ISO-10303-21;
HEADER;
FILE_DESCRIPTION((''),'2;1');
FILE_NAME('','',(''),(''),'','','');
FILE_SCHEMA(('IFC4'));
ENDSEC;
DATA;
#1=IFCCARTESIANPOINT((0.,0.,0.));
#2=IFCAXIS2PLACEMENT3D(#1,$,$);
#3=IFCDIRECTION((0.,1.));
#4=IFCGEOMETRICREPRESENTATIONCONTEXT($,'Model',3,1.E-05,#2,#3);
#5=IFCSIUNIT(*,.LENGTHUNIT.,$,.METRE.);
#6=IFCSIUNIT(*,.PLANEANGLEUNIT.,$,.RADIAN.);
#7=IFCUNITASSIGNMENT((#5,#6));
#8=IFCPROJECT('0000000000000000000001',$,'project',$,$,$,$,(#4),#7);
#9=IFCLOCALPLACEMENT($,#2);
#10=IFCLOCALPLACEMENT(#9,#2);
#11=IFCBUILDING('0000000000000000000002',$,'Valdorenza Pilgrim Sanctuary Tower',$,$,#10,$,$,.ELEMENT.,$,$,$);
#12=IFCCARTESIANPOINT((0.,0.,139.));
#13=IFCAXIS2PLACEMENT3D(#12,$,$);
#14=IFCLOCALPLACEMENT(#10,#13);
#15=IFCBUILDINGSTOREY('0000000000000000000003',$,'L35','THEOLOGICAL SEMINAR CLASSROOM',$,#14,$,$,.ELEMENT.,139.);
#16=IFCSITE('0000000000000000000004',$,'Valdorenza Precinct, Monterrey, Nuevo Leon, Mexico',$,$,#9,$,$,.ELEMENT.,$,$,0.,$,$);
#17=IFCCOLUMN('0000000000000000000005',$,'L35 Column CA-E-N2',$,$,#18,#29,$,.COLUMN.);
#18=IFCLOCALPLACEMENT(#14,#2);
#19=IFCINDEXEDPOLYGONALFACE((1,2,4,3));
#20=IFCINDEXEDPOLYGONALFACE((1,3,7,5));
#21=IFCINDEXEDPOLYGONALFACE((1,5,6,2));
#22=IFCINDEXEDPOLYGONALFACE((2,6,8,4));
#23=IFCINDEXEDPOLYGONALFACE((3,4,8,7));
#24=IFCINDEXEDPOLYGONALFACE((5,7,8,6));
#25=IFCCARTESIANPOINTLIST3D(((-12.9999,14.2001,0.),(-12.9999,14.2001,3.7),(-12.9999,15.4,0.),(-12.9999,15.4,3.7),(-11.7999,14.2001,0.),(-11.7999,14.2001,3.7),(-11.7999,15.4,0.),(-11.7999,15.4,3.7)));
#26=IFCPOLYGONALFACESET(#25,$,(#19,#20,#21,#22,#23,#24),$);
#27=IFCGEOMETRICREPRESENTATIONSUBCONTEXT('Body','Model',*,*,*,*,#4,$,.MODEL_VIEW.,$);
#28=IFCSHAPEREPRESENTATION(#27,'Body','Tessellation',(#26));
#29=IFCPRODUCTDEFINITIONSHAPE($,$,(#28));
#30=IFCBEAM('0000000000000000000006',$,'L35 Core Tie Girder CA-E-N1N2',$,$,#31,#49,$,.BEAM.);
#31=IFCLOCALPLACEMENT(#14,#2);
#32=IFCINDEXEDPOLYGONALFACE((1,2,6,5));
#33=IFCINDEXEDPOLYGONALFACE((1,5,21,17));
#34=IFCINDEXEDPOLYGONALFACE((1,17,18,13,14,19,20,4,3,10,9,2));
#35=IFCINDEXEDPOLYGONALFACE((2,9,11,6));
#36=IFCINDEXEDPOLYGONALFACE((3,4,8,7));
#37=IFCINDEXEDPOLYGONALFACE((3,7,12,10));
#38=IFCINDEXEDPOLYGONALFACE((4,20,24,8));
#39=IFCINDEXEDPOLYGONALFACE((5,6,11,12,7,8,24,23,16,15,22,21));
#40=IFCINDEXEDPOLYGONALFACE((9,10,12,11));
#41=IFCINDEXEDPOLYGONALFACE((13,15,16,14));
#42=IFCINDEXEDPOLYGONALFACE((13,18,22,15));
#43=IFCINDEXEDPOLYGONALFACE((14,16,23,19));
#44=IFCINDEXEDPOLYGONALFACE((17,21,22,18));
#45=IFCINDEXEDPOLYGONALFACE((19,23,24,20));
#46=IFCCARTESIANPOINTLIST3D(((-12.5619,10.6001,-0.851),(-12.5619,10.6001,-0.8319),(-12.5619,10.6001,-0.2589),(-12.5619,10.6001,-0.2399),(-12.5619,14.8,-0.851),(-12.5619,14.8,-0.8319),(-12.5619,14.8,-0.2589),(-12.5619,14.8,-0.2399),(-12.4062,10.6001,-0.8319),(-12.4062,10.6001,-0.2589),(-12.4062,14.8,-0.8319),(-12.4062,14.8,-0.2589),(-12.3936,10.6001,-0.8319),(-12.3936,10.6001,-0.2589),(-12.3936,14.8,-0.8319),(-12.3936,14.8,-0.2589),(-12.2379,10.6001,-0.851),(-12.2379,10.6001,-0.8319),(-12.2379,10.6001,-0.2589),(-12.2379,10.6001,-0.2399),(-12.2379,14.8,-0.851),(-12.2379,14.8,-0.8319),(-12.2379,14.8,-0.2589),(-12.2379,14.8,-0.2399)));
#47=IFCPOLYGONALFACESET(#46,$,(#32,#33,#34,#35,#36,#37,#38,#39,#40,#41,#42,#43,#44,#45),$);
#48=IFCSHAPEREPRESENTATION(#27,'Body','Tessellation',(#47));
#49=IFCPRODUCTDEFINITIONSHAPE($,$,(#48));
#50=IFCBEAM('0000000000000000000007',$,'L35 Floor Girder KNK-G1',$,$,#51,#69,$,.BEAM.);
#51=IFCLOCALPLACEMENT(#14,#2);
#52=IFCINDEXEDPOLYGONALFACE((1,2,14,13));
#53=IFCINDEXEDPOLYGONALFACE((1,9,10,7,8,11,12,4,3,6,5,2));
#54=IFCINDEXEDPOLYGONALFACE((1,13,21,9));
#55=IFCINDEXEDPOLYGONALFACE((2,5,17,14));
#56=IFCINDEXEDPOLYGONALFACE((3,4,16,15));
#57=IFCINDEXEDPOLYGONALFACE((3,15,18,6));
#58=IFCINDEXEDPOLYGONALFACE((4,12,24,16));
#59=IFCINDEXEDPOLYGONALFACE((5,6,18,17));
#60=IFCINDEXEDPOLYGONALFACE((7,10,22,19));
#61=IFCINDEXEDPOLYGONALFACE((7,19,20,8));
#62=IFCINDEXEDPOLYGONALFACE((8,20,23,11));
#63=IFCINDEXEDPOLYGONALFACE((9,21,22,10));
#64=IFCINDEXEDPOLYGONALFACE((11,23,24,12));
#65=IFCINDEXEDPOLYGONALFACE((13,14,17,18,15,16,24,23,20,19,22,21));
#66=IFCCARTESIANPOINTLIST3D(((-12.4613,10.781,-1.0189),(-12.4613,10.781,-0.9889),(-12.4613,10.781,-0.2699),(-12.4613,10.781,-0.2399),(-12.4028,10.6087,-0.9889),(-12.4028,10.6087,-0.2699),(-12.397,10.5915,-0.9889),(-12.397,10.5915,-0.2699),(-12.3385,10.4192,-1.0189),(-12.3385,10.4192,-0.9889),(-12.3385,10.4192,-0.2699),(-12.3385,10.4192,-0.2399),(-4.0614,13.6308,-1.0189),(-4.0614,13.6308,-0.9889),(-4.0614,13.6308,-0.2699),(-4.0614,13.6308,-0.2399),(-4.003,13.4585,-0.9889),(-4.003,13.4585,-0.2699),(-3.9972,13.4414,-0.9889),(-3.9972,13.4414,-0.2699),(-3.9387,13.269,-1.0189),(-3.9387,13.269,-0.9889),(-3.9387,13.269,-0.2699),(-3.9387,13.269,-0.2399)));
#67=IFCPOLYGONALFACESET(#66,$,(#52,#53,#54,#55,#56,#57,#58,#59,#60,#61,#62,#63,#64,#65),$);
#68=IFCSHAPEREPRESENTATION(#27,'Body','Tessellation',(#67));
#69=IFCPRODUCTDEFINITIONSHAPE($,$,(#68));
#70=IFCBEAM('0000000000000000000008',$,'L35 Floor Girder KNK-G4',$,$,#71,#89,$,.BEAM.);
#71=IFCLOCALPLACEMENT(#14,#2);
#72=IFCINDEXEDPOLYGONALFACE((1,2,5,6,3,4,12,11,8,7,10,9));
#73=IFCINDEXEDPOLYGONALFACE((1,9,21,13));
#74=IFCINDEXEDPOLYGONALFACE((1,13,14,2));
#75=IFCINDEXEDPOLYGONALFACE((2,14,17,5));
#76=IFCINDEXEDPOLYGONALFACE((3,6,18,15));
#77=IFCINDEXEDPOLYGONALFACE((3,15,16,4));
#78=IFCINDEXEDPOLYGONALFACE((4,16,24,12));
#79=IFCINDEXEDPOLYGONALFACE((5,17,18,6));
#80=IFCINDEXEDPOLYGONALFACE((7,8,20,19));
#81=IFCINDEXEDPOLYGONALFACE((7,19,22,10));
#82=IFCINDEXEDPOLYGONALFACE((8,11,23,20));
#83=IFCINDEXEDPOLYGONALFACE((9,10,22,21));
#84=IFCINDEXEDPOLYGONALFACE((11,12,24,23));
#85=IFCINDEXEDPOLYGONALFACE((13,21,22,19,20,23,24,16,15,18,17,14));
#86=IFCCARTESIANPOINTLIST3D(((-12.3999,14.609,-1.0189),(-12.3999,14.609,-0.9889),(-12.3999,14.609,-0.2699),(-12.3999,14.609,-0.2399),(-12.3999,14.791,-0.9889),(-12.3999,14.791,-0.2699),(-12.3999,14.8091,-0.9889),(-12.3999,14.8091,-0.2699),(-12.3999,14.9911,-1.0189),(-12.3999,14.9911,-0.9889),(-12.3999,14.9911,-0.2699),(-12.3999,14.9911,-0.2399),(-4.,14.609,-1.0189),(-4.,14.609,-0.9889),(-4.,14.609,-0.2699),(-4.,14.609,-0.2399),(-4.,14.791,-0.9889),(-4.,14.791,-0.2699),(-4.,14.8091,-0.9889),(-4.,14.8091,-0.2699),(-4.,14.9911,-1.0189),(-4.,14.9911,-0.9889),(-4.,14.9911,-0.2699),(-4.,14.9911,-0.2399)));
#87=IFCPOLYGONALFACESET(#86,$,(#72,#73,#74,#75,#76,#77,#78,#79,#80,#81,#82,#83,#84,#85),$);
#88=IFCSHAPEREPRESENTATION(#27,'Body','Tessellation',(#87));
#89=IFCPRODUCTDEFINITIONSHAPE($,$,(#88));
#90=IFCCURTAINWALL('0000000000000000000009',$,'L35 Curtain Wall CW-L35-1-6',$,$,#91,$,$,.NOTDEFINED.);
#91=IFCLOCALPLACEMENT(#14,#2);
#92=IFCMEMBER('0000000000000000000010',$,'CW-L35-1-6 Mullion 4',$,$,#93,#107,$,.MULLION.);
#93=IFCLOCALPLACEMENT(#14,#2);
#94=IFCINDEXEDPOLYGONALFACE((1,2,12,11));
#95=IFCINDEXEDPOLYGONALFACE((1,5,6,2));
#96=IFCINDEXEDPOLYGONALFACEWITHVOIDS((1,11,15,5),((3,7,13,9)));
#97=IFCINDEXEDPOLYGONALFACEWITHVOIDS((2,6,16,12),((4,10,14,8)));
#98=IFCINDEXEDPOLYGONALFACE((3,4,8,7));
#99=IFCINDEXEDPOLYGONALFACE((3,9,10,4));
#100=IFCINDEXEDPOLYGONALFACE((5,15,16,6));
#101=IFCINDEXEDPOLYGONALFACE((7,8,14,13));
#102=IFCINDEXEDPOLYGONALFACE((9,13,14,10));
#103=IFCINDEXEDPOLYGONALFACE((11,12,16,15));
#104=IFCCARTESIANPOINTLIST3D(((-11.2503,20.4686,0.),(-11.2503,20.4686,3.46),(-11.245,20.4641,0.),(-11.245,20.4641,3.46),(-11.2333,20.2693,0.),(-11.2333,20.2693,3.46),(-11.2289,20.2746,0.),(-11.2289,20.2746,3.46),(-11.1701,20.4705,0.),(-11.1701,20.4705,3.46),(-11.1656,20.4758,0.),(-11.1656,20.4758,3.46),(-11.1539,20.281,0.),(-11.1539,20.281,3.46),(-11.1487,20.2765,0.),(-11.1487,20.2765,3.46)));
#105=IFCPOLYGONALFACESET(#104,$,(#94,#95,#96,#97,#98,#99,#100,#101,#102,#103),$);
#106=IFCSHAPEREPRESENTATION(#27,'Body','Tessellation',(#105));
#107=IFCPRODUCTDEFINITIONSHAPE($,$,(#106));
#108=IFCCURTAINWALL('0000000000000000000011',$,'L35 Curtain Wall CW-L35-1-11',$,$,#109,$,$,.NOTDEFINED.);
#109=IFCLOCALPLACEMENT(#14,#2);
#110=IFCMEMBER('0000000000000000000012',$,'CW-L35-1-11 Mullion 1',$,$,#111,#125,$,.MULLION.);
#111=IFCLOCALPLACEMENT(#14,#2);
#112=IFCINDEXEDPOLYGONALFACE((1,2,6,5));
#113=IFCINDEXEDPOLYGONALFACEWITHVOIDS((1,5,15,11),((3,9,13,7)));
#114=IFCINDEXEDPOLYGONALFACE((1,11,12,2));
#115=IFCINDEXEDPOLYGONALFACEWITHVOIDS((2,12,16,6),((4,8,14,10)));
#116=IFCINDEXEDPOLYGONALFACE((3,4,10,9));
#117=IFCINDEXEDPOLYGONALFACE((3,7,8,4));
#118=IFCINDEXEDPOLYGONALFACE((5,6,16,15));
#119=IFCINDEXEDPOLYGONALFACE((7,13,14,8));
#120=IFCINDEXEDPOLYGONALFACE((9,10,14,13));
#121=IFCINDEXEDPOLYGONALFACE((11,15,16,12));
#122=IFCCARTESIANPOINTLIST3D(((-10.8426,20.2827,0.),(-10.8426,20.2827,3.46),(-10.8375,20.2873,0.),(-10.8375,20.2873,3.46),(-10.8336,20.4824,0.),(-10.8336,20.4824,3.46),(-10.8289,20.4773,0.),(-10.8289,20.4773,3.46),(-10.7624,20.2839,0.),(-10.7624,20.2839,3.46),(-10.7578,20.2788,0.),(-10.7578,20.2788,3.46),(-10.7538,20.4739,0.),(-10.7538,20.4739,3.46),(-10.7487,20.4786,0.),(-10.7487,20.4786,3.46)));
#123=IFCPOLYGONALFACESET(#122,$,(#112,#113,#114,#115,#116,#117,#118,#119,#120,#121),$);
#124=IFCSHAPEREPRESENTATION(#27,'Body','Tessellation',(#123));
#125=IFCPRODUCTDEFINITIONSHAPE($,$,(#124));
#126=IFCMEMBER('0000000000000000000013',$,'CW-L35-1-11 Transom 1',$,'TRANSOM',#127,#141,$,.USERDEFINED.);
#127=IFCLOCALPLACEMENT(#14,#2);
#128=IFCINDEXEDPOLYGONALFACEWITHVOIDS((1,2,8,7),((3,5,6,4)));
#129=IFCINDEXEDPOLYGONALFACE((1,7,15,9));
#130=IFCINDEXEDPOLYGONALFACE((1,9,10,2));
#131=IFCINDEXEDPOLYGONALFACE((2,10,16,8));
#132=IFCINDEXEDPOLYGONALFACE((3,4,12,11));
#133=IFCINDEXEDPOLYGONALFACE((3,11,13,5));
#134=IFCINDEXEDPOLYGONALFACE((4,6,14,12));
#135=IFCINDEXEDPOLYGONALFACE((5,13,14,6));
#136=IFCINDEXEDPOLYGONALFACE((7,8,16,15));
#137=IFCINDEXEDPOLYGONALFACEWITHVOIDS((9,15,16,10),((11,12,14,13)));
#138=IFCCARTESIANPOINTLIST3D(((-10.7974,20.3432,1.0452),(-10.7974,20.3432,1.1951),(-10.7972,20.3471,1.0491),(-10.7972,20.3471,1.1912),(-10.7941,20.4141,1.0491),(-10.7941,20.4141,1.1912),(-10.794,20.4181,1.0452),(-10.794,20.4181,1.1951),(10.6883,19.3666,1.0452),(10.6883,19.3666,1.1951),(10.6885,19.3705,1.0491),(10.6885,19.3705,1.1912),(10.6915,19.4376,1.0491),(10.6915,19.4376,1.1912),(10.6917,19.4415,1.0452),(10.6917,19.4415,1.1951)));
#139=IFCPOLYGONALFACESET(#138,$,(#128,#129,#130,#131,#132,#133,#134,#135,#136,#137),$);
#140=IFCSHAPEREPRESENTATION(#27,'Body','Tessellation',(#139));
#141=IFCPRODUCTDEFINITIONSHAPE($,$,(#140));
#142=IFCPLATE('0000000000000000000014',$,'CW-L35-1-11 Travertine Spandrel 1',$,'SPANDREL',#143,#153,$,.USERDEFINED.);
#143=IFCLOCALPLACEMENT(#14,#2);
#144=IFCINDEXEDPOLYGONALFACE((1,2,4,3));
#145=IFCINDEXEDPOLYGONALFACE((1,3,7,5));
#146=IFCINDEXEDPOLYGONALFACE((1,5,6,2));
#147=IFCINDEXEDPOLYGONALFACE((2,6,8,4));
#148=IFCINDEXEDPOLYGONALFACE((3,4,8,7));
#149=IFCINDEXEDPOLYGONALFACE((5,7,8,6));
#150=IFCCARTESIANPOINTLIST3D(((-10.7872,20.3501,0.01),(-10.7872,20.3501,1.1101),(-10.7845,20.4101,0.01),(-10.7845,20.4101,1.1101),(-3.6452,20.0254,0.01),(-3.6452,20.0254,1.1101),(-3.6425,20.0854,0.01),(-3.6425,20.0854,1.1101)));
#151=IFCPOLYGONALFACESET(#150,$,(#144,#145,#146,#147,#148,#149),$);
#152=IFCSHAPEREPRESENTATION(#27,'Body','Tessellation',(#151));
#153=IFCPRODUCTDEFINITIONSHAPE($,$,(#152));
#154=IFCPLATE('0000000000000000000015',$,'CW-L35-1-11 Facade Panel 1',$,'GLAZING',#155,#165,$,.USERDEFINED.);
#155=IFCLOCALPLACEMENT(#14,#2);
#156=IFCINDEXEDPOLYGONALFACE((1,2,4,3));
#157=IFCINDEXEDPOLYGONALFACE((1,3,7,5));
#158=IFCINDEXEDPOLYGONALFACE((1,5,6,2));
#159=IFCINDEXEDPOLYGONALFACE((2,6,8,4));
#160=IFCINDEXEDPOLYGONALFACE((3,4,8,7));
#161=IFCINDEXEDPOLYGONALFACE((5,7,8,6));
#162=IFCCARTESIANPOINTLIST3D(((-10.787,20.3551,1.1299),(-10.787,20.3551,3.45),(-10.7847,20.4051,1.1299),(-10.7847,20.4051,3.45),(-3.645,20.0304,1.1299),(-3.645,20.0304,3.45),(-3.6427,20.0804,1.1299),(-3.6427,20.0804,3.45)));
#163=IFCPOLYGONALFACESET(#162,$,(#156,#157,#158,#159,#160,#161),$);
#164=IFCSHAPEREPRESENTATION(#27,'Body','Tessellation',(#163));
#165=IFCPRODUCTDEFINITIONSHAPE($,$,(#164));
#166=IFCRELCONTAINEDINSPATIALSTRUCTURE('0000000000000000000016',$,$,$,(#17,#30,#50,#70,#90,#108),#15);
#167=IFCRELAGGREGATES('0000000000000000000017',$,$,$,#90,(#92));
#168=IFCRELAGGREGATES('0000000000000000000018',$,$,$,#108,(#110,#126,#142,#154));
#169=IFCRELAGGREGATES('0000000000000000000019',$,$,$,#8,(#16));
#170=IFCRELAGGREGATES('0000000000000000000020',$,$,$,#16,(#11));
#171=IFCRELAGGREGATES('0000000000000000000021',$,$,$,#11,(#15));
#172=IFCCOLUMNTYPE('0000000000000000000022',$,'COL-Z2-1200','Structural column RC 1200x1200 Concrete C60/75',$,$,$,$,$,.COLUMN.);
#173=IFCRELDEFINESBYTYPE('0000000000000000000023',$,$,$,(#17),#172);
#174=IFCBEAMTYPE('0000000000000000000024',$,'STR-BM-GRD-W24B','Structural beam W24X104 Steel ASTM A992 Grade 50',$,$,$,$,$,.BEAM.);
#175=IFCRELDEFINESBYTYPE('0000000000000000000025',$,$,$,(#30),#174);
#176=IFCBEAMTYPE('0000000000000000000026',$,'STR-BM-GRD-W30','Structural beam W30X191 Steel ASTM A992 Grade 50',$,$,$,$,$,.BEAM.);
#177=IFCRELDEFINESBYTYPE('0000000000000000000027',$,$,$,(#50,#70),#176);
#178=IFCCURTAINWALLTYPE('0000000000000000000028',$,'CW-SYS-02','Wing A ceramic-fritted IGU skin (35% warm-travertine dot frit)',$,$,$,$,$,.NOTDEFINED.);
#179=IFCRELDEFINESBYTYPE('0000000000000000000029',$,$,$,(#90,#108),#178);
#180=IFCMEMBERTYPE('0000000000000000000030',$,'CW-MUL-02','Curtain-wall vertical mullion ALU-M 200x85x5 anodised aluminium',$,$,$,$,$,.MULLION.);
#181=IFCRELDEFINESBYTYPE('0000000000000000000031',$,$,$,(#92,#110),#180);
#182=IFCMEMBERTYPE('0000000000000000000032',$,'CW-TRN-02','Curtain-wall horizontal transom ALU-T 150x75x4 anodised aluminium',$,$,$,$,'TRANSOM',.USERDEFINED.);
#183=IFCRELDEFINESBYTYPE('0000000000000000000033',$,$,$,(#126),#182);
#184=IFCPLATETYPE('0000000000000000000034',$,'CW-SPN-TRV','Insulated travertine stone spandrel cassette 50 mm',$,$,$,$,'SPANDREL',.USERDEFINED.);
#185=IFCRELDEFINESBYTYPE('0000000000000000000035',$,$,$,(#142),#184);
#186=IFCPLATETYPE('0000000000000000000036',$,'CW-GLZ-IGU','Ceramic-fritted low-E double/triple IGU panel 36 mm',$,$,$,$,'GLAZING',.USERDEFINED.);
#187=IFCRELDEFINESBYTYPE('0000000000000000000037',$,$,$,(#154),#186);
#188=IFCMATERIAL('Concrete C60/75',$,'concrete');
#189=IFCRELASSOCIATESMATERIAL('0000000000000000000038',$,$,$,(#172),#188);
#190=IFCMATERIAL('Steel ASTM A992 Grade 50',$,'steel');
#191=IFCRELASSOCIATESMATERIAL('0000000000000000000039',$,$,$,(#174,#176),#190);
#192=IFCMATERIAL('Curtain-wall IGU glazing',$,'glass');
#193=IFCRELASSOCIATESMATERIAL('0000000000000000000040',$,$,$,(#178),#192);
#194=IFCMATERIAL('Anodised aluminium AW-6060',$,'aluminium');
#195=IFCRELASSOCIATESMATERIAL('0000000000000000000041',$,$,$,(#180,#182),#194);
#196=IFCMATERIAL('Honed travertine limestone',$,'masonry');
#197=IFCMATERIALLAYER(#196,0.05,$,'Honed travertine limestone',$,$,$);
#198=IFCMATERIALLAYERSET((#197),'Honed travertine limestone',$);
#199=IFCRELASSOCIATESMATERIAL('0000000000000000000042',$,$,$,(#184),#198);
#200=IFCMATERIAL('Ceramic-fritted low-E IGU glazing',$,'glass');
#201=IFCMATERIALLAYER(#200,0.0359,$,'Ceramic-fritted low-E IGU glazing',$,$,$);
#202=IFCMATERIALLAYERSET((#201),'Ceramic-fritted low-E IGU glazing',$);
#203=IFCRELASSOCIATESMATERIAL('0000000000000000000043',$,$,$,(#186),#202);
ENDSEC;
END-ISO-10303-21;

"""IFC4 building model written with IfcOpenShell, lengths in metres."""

from ifc_helpers import new_model, si_unit, direction, frame, origin, origin_2d, place, context, subcontext, project, spatial, rectangle, hollow_rectangle, i_section, extrude, source, transform, mapped, material, layer, layer_set, material_profile, profile_set, type_object, element, aggregate, save


model = new_model("IFC4")

# Units and contexts
model_context = context("Model", 3, precision=1e-05, world=origin(), true_north=direction((0.0, 1.0)))
body_context = subcontext(model_context, "Body", "Model", "MODEL_VIEW")
ifc_project = project(units=[si_unit("LENGTHUNIT", "METRE"), si_unit("PLANEANGLEUNIT", "RADIAN")], contexts=[model_context])

# Site, building, storey
site_placement = place(None, origin())
site = spatial("IfcSite", under=ifc_project, at=site_placement, Name="Valdorenza Precinct, Monterrey, Nuevo Leon, Mexico", CompositionType="ELEMENT", RefElevation=0.0)
building_placement = place(site_placement, origin())
building = spatial("IfcBuilding", under=site, at=building_placement, Name="Valdorenza Pilgrim Sanctuary Tower", CompositionType="ELEMENT")
storey_placement = place(building_placement, frame((0.0, 0.0, 139.0)))
storey = spatial("IfcBuildingStorey", under=building, at=storey_placement, Name="L35", Description="THEOLOGICAL SEMINAR CLASSROOM", CompositionType="ELEMENT", Elevation=139.0)

# Column
ifc_material_1 = material(Name="Concrete C60/75", Category="concrete")
ifc_material_profile_1 = material_profile(ifc_material_1, rectangle(XDim=1.2, YDim=1.2, at=origin_2d()), Name="RC 1200x1200")
ifc_profile_set_1 = profile_set([ifc_material_profile_1], Name="Concrete C60/75")
column_type = type_object("IfcColumnType", Name="COL-Z2-1200", Description="Structural column RC 1200x1200 Concrete C60/75", PredefinedType="COLUMN", material=ifc_profile_set_1)
shared_shape_1 = source(origin(), body_context, "Body", "SweptSolid", [
    extrude(rectangle(XDim=1.2, YDim=1.2, at=origin_2d()), origin(), (0.0, 0.0, 1.0), 3.7),
])
column_placement = place(storey_placement, frame((-12.3999, 14.8, 0.0), z_axis=(0.0, 0.0, 1.0), x_axis=(1.0, 0.0, 0.0)))
element("IfcColumn", 1, at=column_placement, inside=storey, type_object=column_type, Name="L35 Column CA-E-N2", PredefinedType="COLUMN", context=body_context, shape_type="MappedRepresentation", body=[
    mapped(shared_shape_1, transform((0.0, 0.0, 0.0), x_axis=(1.0, 0.0, 0.0), y_axis=(0.0, 1.0, 0.0), z_axis=(0.0, 0.0, 1.0), scale=1.0)),
])

# Beams
ifc_material_2 = material(Name="Steel ASTM A992 Grade 50", Category="steel")
ifc_material_profile_2 = material_profile(ifc_material_2, i_section(OverallWidth=0.324, OverallDepth=0.6111, WebThickness=0.0127, FlangeThickness=0.019, at=origin_2d()), Name="W24X104")
ifc_profile_set_2 = profile_set([ifc_material_profile_2], Name="Steel ASTM A992 Grade 50")
beam_type_1 = type_object("IfcBeamType", Name="STR-BM-GRD-W24B", Description="Structural beam W24X104 Steel ASTM A992 Grade 50", PredefinedType="BEAM", material=ifc_profile_set_2)
shared_shape_2 = source(origin(), body_context, "Body", "SweptSolid", [
    extrude(i_section(OverallWidth=0.324, OverallDepth=0.6111, WebThickness=0.0127, FlangeThickness=0.019, at=origin_2d()), origin(), (0.0, 0.0, 1.0), 4.2),
])
beam_1_placement = place(storey_placement, frame((-12.3999, 10.6001, -0.5454), z_axis=(0.0, 1.0, 0.0), x_axis=(-1.0, 0.0, 0.0)))
element("IfcBeam", 2, at=beam_1_placement, inside=storey, type_object=beam_type_1, Name="L35 Core Tie Girder CA-E-N1N2", PredefinedType="BEAM", context=body_context, shape_type="MappedRepresentation", body=[
    mapped(shared_shape_2, transform((0.0, 0.0, 0.0), x_axis=(1.0, 0.0, 0.0), y_axis=(0.0, 1.0, 0.0), z_axis=(0.0, 0.0, 1.0), scale=1.0)),
])
ifc_material_profile_3 = material_profile(ifc_material_2, i_section(OverallWidth=0.3821, OverallDepth=0.7791, WebThickness=0.0181, FlangeThickness=0.03, at=origin_2d()), Name="W30X191")
ifc_profile_set_3 = profile_set([ifc_material_profile_3], Name="Steel ASTM A992 Grade 50")
beam_type_2 = type_object("IfcBeamType", Name="STR-BM-GRD-W30", Description="Structural beam W30X191 Steel ASTM A992 Grade 50", PredefinedType="BEAM", material=ifc_profile_set_3)
shared_shape_3 = source(origin(), body_context, "Body", "SweptSolid", [
    extrude(i_section(OverallWidth=0.3821, OverallDepth=0.7791, WebThickness=0.0181, FlangeThickness=0.03, at=origin_2d()), origin(), (0.0, 0.0, 1.0), 8.8701),
])
beam_2_placement = place(storey_placement, frame((-12.3999, 10.6001, -0.6294), z_axis=(0.946983, 0.321285, 0.0), x_axis=(-0.321285, 0.946983, 0.0)))
element("IfcBeam", 3, at=beam_2_placement, inside=storey, type_object=beam_type_2, Name="L35 Floor Girder KNK-G1", PredefinedType="BEAM", context=body_context, shape_type="MappedRepresentation", body=[
    mapped(shared_shape_3, transform((0.0, 0.0, 0.0), x_axis=(1.0, 0.0, 0.0), y_axis=(0.0, 1.0, 0.0), z_axis=(0.0, 0.0, 1.0), scale=1.0)),
])
shared_shape_4 = source(origin(), body_context, "Body", "SweptSolid", [
    extrude(i_section(OverallWidth=0.3821, OverallDepth=0.7791, WebThickness=0.0181, FlangeThickness=0.03, at=origin_2d()), origin(), (0.0, 0.0, 1.0), 8.3999),
])
beam_3_placement = place(storey_placement, frame((-12.3999, 14.8, -0.6294), z_axis=(1.0, 0.0, 0.0), x_axis=(0.0, 1.0, 0.0)))
element("IfcBeam", 4, at=beam_3_placement, inside=storey, type_object=beam_type_2, Name="L35 Floor Girder KNK-G4", PredefinedType="BEAM", context=body_context, shape_type="MappedRepresentation", body=[
    mapped(shared_shape_4, transform((0.0, 0.0, 0.0), x_axis=(1.0, 0.0, 0.0), y_axis=(0.0, 1.0, 0.0), z_axis=(0.0, 0.0, 1.0), scale=1.0)),
])

# Curtain wall, member
ifc_material_3 = material(Name="Curtain-wall IGU glazing", Category="glass")
curtain_wall_type = type_object("IfcCurtainWallType", Name="CW-SYS-02", Description="Wing A ceramic-fritted IGU skin (35% warm-travertine dot frit)", PredefinedType="NOTDEFINED", material=ifc_material_3)
curtain_wall_1_placement = place(storey_placement, origin())
curtain_wall_1 = element("IfcCurtainWall", 5, at=curtain_wall_1_placement, inside=storey, type_object=curtain_wall_type, Name="L35 Curtain Wall CW-L35-1-6", PredefinedType="NOTDEFINED")
ifc_material_4 = material(Name="Anodised aluminium AW-6060", Category="aluminium")
ifc_material_profile_4 = material_profile(ifc_material_4, hollow_rectangle(XDim=0.085, YDim=0.2, WallThickness=0.0049, at=origin_2d()), Name="ALU-M 200x85x5")
ifc_profile_set_4 = profile_set([ifc_material_profile_4], Name="Anodised aluminium AW-6060")
member_type_1 = type_object("IfcMemberType", Name="CW-MUL-02", Description="Curtain-wall vertical mullion ALU-M 200x85x5 anodised aluminium", PredefinedType="MULLION", material=ifc_profile_set_4)
shared_shape_5 = source(origin(), body_context, "Body", "SweptSolid", [
    extrude(hollow_rectangle(XDim=0.085, YDim=0.2, WallThickness=0.0049, at=origin_2d()), origin(), (0.0, 0.0, 1.0), 3.46),
])
member_1_placement = place(storey_placement, frame((-11.1995, 20.3726, 0.0), z_axis=(0.0, 0.0, 1.0), x_axis=(0.996408, 0.084687, 0.0)))
member_1 = element("IfcMember", 6, at=member_1_placement, type_object=member_type_1, Name="CW-L35-1-6 Mullion 4", PredefinedType="MULLION", context=body_context, shape_type="MappedRepresentation", body=[
    mapped(shared_shape_5, transform((0.0, 0.0, 0.0), x_axis=(1.0, 0.0, 0.0), y_axis=(0.0, 1.0, 0.0), z_axis=(0.0, 0.0, 1.0), scale=1.0)),
])
aggregate(curtain_wall_1, [member_1])

# Curtain wall, members, plates
curtain_wall_2_placement = place(storey_placement, origin())
curtain_wall_2 = element("IfcCurtainWall", 7, at=curtain_wall_2_placement, inside=storey, type_object=curtain_wall_type, Name="L35 Curtain Wall CW-L35-1-11", PredefinedType="NOTDEFINED")
member_2_placement = place(storey_placement, frame((-10.7957, 20.3806, 0.0), z_axis=(0.0, 0.0, 1.0), x_axis=(0.998968, -0.045415, 0.0)))
member_2 = element("IfcMember", 8, at=member_2_placement, type_object=member_type_1, Name="CW-L35-1-11 Mullion 1", PredefinedType="MULLION", context=body_context, shape_type="MappedRepresentation", body=[
    mapped(shared_shape_5, transform((0.0, 0.0, 0.0), x_axis=(1.0, 0.0, 0.0), y_axis=(0.0, 1.0, 0.0), z_axis=(0.0, 0.0, 1.0), scale=1.0)),
])
ifc_material_profile_5 = material_profile(ifc_material_4, hollow_rectangle(XDim=0.075, YDim=0.1499, WallThickness=0.0039, at=origin_2d()), Name="ALU-T 150x75x4")
ifc_profile_set_5 = profile_set([ifc_material_profile_5], Name="Anodised aluminium AW-6060")
member_type_2 = type_object("IfcMemberType", Name="CW-TRN-02", Description="Curtain-wall horizontal transom ALU-T 150x75x4 anodised aluminium", ElementType="TRANSOM", PredefinedType="USERDEFINED", material=ifc_profile_set_5)
shared_shape_6 = source(origin(), body_context, "Body", "SweptSolid", [
    extrude(hollow_rectangle(XDim=0.075, YDim=0.1499, WallThickness=0.0039, at=origin_2d()), origin(), (0.0, 0.0, 1.0), 21.5078),
])
member_3_placement = place(storey_placement, frame((-10.7957, 20.3806, 1.1201), z_axis=(0.998969, -0.045405, 0.0), x_axis=(0.045405, 0.998969, 0.0)))
member_3 = element("IfcMember", 9, at=member_3_placement, type_object=member_type_2, Name="CW-L35-1-11 Transom 1", ObjectType="TRANSOM", PredefinedType="USERDEFINED", context=body_context, shape_type="MappedRepresentation", body=[
    mapped(shared_shape_6, transform((0.0, 0.0, 0.0), x_axis=(1.0, 0.0, 0.0), y_axis=(0.0, 1.0, 0.0), z_axis=(0.0, 0.0, 1.0), scale=1.0)),
])
ifc_material_5 = material(Name="Honed travertine limestone", Category="masonry")
ifc_layer_1 = layer(ifc_material_5, 0.05, Name="Honed travertine limestone")
ifc_layer_set_1 = layer_set([ifc_layer_1], Name="Honed travertine limestone")
plate_type_1 = type_object("IfcPlateType", Name="CW-SPN-TRV", Description="Insulated travertine stone spandrel cassette 50 mm", ElementType="SPANDREL", PredefinedType="USERDEFINED", material=ifc_layer_set_1)
shared_shape_7 = source(origin(), body_context, "Body", "SweptSolid", [
    extrude(rectangle(XDim=7.1494, YDim=0.0601, at=origin_2d()), origin(), (0.0, 0.0, 1.0), 1.1001),
])
plate_1_placement = place(storey_placement, frame((-7.2148, 20.2178, 0.01), z_axis=(0.0, 0.0, 1.0), x_axis=(0.998968, -0.045415, 0.0)))
plate_1 = element("IfcPlate", 10, at=plate_1_placement, type_object=plate_type_1, Name="CW-L35-1-11 Travertine Spandrel 1", ObjectType="SPANDREL", PredefinedType="USERDEFINED", context=body_context, shape_type="MappedRepresentation", body=[
    mapped(shared_shape_7, transform((0.0, 0.0, 0.0), x_axis=(1.0, 0.0, 0.0), y_axis=(0.0, 1.0, 0.0), z_axis=(0.0, 0.0, 1.0), scale=1.0)),
])
ifc_material_6 = material(Name="Ceramic-fritted low-E IGU glazing", Category="glass")
ifc_layer_2 = layer(ifc_material_6, 0.0359, Name="Ceramic-fritted low-E IGU glazing")
ifc_layer_set_2 = layer_set([ifc_layer_2], Name="Ceramic-fritted low-E IGU glazing")
plate_type_2 = type_object("IfcPlateType", Name="CW-GLZ-IGU", Description="Ceramic-fritted low-E double/triple IGU panel 36 mm", ElementType="GLAZING", PredefinedType="USERDEFINED", material=ifc_layer_set_2)
shared_shape_8 = source(origin(), body_context, "Body", "SweptSolid", [
    extrude(rectangle(XDim=7.1494, YDim=0.05, at=origin_2d()), origin(), (0.0, 0.0, 1.0), 2.3201),
])
plate_2_placement = place(storey_placement, frame((-7.2148, 20.2178, 1.1299), z_axis=(0.0, 0.0, 1.0), x_axis=(0.998968, -0.045415, 0.0)))
plate_2 = element("IfcPlate", 11, at=plate_2_placement, type_object=plate_type_2, Name="CW-L35-1-11 Facade Panel 1", ObjectType="GLAZING", PredefinedType="USERDEFINED", context=body_context, shape_type="MappedRepresentation", body=[
    mapped(shared_shape_8, transform((0.0, 0.0, 0.0), x_axis=(1.0, 0.0, 0.0), y_axis=(0.0, 1.0, 0.0), z_axis=(0.0, 0.0, 1.0), scale=1.0)),
])
aggregate(curtain_wall_2, [member_2, member_3, plate_1, plate_2])

save(model, "model.ifc")
